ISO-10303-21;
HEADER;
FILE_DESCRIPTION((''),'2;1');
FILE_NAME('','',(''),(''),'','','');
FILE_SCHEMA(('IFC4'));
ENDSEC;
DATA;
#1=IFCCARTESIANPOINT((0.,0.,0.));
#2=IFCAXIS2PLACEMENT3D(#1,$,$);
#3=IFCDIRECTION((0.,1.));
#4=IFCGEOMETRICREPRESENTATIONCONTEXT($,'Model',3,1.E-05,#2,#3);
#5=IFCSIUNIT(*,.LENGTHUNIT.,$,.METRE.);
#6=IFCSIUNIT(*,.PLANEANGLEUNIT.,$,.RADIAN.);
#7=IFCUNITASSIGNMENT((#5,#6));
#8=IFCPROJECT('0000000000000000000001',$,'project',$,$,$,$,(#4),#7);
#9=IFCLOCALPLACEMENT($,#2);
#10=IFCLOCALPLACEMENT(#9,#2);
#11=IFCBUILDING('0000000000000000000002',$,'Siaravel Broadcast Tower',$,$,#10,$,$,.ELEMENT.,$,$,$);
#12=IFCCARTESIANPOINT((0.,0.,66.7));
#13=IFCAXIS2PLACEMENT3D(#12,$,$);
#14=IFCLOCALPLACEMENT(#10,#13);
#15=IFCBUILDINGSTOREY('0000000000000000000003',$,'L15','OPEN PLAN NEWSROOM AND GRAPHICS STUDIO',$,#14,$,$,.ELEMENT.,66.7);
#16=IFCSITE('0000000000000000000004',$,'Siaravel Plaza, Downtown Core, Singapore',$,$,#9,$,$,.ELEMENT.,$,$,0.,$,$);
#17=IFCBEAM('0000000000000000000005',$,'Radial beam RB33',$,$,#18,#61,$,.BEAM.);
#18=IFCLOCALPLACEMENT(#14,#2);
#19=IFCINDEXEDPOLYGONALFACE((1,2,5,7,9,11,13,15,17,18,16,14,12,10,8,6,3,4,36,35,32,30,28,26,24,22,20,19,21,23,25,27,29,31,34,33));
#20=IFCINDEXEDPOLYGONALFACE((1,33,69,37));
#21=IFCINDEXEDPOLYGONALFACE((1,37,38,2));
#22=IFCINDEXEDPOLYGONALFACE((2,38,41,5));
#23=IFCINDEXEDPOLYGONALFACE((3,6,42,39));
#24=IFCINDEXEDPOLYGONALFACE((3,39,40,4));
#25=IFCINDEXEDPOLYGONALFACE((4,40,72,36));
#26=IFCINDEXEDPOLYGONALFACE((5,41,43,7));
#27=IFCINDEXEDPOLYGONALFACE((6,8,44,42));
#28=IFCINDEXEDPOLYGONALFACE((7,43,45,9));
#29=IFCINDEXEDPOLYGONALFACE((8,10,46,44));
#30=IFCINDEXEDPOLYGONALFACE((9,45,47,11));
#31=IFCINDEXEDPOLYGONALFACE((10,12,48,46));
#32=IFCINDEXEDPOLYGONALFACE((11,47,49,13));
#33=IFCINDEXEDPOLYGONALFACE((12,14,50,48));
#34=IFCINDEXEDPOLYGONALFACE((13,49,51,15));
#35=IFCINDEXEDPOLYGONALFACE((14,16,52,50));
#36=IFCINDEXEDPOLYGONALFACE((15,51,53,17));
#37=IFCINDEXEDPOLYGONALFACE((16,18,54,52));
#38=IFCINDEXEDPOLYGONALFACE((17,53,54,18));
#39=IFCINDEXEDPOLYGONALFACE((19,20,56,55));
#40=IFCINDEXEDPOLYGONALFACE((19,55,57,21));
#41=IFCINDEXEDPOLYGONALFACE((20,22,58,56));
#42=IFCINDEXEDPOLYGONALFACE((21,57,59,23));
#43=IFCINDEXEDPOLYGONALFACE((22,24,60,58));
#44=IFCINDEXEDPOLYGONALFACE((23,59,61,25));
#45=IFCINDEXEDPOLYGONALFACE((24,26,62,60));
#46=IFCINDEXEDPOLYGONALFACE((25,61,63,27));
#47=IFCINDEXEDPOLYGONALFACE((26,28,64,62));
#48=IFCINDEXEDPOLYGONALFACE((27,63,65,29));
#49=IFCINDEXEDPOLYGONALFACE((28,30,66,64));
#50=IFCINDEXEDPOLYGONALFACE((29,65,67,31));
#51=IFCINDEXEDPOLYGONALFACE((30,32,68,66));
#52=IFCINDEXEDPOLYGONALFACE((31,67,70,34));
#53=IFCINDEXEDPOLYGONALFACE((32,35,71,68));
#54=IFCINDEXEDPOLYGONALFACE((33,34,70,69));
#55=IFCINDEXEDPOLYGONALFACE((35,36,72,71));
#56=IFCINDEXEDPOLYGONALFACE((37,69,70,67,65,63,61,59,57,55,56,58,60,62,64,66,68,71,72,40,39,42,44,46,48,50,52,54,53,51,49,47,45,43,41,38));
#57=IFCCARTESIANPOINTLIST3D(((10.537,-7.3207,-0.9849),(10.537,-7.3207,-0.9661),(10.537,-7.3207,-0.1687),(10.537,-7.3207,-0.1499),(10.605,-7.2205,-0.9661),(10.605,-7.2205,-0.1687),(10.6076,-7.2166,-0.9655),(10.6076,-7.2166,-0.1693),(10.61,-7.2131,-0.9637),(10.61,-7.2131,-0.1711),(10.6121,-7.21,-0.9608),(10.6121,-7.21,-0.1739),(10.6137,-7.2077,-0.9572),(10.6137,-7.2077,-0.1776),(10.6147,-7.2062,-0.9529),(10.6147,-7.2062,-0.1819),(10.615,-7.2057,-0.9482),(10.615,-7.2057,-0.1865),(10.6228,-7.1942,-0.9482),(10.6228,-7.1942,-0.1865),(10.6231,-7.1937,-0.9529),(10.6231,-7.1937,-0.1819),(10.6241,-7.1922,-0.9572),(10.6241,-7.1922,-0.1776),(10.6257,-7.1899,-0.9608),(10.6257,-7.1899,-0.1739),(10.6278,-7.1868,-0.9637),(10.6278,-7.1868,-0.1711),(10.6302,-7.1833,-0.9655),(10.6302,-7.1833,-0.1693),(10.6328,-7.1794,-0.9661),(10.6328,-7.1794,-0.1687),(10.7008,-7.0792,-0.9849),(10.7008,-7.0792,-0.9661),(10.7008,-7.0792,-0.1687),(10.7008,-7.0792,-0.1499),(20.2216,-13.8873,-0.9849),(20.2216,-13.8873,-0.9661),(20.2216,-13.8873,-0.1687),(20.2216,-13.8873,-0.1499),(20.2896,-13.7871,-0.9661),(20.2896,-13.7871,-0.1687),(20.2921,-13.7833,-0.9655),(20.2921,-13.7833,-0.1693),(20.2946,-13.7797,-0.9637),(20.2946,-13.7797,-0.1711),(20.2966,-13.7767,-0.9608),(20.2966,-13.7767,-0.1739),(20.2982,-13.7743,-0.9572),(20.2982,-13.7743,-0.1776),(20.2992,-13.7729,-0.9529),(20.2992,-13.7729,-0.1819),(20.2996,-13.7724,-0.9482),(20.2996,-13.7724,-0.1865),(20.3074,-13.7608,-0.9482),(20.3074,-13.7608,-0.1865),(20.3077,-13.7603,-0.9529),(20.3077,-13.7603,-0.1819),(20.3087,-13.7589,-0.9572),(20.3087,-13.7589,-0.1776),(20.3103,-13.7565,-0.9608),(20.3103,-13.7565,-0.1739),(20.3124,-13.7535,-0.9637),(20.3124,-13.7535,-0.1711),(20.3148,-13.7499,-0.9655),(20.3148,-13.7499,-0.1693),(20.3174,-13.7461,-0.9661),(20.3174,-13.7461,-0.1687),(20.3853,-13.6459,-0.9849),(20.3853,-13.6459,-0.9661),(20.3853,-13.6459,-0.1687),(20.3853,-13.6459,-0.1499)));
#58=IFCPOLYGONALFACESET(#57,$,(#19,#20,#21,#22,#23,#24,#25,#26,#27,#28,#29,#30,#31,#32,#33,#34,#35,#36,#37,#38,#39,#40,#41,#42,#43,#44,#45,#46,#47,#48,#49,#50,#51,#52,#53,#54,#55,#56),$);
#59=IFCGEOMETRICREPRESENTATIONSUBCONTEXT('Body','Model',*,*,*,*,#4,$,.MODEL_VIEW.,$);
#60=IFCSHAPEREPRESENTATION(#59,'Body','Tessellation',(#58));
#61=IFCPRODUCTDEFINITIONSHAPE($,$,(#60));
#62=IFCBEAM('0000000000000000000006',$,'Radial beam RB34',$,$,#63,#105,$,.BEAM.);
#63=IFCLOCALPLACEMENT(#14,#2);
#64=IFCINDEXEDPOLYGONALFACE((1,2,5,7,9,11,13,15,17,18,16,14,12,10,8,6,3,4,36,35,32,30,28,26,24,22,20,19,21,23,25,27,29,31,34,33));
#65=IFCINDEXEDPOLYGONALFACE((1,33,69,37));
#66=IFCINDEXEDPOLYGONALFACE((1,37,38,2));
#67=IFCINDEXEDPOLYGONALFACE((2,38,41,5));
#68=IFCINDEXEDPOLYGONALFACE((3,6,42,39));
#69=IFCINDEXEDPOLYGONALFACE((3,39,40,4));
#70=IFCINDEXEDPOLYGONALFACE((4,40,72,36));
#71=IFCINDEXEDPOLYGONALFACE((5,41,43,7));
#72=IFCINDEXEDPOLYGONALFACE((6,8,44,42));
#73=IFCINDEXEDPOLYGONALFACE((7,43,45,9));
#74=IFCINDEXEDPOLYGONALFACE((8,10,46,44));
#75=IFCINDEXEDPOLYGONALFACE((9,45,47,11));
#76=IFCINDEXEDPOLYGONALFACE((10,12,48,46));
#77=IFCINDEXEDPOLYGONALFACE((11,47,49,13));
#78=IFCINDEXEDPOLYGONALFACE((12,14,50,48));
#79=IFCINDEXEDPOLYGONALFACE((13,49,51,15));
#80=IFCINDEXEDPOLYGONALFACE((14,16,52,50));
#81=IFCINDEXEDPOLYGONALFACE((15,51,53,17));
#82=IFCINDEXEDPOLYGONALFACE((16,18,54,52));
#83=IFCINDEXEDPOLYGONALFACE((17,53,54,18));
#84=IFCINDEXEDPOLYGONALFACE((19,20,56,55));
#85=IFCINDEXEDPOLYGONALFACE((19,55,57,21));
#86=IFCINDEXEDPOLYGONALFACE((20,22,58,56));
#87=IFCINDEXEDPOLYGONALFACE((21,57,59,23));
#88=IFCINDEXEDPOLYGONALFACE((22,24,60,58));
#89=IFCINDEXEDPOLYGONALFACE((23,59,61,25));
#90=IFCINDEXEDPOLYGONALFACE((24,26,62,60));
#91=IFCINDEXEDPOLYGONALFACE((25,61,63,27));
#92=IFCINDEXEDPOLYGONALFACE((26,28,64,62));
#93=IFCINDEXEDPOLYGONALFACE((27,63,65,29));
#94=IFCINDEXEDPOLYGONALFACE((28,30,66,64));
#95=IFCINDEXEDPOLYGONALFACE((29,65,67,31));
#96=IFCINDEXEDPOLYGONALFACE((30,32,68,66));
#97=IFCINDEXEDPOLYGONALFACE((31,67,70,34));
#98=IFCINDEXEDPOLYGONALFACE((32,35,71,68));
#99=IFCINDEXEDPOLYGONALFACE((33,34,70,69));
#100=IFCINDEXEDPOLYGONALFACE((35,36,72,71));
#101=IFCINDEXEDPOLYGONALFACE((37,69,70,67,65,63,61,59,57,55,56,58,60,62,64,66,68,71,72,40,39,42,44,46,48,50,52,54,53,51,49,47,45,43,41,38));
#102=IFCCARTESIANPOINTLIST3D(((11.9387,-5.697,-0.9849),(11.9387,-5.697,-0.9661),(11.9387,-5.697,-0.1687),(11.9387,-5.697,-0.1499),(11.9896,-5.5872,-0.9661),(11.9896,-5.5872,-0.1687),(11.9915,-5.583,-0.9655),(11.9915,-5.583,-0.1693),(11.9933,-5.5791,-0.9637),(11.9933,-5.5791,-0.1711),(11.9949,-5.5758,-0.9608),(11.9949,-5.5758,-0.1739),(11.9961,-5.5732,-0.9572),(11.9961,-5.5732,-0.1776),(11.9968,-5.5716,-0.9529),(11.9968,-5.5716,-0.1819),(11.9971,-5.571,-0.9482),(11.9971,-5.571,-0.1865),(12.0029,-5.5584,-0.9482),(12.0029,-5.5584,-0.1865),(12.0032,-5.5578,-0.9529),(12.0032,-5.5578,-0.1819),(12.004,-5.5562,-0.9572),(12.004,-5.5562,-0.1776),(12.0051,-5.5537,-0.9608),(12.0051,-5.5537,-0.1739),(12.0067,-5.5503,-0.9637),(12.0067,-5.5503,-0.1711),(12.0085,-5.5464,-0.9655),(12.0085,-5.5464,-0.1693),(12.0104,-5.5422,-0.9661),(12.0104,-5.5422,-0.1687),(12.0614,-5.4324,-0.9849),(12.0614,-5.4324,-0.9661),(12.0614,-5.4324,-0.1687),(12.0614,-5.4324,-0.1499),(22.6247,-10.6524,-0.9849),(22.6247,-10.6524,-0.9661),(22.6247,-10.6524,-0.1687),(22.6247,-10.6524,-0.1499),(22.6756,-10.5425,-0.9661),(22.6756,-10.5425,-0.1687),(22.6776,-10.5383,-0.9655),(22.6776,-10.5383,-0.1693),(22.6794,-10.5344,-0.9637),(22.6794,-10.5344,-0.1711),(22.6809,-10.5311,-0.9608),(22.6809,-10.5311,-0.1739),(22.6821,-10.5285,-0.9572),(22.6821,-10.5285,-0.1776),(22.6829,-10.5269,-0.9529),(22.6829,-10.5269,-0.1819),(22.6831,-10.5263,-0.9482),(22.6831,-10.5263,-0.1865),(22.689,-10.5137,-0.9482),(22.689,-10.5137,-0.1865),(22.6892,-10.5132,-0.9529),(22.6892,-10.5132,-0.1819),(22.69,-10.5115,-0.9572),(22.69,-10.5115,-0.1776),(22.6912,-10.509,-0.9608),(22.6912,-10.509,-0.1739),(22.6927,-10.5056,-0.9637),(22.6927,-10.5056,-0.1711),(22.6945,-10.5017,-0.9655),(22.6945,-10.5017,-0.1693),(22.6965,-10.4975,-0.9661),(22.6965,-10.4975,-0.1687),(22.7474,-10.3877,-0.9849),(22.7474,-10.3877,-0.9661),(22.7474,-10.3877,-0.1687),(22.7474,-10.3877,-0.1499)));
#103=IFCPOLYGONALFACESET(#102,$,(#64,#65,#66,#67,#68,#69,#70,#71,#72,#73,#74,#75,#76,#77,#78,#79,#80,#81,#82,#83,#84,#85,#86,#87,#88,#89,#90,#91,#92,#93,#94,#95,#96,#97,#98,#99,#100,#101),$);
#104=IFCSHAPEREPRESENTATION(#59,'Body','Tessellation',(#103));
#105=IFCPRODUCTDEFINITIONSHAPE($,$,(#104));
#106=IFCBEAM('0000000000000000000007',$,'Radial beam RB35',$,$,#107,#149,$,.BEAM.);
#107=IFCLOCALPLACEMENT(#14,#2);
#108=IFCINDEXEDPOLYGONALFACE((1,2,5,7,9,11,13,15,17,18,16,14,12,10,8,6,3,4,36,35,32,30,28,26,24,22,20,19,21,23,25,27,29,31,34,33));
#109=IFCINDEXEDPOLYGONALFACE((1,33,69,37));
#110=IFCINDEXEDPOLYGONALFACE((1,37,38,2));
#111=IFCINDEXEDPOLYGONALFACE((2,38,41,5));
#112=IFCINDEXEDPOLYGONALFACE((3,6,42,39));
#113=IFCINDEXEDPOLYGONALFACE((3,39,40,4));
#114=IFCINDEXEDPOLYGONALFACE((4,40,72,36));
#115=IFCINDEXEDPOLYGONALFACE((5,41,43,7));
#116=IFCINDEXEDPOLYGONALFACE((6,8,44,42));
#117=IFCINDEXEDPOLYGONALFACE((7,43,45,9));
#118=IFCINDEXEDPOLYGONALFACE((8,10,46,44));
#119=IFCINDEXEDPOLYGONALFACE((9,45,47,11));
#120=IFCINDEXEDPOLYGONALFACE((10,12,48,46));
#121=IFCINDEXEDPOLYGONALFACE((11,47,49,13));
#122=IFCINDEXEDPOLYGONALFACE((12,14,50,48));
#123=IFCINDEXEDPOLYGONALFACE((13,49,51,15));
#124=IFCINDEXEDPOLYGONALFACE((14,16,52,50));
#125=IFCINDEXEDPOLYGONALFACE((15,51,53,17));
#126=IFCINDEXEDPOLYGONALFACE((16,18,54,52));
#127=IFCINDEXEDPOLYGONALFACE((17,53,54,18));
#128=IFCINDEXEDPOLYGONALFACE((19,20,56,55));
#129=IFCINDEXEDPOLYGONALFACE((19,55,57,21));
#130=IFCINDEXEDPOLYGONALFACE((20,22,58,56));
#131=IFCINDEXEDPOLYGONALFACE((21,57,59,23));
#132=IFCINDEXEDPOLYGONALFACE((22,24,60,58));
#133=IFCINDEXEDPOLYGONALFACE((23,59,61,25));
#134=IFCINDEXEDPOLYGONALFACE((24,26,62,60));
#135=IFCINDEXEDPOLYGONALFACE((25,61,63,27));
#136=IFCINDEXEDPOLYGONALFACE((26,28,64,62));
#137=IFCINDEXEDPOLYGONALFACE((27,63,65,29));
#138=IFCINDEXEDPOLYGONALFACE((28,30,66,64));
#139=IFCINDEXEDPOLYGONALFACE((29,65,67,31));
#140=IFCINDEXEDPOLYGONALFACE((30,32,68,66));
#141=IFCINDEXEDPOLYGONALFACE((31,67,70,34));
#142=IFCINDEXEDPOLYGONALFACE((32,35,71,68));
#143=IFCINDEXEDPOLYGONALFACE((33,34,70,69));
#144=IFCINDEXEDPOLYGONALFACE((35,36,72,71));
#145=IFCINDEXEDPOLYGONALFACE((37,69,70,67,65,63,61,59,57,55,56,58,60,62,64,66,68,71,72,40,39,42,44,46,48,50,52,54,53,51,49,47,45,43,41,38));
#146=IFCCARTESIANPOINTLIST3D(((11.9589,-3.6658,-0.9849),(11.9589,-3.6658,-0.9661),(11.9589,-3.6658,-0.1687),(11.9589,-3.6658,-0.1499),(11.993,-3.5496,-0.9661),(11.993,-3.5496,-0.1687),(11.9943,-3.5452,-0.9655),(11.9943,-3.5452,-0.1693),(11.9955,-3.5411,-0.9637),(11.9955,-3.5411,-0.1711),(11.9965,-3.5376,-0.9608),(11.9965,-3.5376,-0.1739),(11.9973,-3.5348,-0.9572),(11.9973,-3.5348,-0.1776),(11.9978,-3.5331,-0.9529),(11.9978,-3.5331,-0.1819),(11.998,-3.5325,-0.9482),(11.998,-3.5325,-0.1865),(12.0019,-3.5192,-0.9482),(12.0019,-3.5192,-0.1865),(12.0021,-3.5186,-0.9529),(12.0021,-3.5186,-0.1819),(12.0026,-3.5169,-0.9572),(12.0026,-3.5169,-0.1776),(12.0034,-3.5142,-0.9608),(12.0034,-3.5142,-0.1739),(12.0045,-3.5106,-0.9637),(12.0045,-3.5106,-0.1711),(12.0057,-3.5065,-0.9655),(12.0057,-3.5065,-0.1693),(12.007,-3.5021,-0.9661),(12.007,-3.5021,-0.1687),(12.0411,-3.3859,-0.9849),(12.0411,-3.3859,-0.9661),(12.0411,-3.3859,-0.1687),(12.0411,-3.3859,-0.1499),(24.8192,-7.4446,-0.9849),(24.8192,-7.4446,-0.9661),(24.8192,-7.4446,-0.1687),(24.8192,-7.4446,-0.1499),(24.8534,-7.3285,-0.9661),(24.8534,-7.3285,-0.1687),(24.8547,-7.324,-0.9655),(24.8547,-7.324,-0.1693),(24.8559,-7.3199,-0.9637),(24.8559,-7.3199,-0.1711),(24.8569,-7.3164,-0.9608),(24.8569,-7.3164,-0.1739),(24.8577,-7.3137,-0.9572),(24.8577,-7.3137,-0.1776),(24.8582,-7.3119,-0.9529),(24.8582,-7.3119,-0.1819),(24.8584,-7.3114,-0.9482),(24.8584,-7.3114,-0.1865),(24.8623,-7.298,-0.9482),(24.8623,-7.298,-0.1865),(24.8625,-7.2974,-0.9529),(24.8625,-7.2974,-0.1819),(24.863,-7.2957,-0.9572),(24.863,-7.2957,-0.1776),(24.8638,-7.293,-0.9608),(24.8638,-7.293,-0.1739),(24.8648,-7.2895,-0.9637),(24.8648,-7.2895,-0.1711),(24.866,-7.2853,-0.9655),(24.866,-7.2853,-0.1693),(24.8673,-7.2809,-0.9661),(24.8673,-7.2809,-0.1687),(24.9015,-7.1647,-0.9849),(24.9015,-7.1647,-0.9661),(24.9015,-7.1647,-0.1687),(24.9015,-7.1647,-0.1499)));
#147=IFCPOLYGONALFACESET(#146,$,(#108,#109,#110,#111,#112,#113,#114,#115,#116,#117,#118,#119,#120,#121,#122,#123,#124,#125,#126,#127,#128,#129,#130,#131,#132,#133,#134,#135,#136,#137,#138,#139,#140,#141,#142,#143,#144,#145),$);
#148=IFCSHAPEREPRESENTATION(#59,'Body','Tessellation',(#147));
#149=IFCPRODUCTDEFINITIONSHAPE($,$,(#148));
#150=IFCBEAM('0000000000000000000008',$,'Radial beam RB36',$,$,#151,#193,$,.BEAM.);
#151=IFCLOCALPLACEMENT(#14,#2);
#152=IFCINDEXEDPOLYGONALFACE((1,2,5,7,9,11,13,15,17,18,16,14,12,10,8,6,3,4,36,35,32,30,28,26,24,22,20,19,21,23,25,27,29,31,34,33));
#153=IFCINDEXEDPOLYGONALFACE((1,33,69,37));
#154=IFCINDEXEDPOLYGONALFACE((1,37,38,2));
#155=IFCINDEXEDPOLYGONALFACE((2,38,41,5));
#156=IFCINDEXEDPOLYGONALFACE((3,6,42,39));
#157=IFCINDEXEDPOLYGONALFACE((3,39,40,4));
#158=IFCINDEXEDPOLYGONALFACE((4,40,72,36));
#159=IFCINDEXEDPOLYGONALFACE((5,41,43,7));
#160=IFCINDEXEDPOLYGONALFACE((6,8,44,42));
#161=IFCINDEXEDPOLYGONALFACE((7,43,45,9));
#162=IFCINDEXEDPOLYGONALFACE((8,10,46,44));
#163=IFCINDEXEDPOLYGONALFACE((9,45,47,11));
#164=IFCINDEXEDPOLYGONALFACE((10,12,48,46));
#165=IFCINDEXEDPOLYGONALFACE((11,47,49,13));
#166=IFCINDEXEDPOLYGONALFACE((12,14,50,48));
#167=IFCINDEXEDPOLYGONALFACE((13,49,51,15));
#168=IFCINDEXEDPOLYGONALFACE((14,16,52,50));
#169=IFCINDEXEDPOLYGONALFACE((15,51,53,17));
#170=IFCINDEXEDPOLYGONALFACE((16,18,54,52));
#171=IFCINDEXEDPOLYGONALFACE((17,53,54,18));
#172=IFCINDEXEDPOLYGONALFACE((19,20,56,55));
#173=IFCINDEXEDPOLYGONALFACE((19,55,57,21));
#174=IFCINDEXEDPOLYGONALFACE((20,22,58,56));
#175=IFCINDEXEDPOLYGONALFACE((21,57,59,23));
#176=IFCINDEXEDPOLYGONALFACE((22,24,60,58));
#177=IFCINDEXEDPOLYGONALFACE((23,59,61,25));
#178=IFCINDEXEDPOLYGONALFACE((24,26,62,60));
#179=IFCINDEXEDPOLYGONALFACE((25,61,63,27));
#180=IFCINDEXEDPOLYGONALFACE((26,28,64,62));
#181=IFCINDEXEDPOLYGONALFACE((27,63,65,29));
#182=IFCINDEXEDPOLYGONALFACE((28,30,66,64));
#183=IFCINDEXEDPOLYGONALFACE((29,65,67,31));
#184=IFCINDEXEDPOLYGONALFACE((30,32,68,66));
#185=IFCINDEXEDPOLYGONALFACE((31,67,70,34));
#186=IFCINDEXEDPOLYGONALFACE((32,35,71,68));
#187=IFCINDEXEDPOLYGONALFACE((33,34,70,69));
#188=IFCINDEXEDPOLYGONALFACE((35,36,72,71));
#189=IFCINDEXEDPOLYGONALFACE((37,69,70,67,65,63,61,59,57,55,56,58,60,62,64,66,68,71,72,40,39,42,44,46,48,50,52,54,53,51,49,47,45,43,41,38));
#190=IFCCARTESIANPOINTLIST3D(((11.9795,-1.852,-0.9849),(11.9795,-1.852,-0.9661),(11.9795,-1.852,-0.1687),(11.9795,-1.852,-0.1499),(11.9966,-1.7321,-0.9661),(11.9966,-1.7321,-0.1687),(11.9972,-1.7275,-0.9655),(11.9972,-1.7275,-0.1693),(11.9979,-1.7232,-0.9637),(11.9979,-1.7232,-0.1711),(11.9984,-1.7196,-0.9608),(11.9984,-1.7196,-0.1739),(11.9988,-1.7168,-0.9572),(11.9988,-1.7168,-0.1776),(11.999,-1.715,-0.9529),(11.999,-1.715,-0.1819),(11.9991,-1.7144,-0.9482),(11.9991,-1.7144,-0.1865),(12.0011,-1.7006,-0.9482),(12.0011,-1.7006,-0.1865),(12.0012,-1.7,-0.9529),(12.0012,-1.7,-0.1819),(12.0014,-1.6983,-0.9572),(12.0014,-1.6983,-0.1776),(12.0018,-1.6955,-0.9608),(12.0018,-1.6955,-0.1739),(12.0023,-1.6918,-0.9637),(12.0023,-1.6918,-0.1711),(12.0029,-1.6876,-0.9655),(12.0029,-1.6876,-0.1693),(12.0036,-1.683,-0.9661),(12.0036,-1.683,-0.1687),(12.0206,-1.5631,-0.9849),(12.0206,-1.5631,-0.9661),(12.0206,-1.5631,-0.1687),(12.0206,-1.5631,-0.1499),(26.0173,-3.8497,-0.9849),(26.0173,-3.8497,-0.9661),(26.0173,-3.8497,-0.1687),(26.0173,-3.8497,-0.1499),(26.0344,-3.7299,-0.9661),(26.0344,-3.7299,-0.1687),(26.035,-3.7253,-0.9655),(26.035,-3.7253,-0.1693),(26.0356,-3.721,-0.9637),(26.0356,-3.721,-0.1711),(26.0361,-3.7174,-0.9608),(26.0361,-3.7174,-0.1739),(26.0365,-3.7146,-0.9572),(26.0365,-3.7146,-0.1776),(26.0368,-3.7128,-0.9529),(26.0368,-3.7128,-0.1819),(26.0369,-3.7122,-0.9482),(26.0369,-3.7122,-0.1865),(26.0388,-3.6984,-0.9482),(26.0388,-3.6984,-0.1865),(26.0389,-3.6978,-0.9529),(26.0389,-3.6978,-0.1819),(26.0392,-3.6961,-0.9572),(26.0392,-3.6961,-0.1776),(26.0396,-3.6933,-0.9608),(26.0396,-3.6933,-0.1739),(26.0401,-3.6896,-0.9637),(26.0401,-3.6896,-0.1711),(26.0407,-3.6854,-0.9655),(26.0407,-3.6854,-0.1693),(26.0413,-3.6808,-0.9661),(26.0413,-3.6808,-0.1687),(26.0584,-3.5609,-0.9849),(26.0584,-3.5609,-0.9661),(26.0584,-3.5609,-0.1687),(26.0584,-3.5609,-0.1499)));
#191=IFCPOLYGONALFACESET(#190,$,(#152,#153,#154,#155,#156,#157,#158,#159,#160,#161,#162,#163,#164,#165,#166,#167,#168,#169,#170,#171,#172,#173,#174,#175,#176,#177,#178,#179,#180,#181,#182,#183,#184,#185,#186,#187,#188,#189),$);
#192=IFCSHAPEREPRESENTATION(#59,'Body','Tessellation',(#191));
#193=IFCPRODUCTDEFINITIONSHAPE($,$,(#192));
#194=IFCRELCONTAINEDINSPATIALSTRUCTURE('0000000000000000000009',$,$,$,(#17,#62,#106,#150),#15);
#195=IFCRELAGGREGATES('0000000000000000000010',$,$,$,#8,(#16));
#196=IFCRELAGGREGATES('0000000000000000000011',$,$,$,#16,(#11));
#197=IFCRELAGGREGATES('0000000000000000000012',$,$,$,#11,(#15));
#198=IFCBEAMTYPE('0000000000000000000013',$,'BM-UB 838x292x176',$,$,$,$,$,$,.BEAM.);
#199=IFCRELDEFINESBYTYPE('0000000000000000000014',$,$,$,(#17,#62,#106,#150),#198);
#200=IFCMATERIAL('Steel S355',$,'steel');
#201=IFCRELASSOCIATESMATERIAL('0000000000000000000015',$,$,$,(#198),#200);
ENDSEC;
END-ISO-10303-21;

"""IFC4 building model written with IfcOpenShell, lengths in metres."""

from ifc_helpers import new_model, si_unit, direction, frame, origin, origin_2d, place, context, subcontext, project, spatial, i_section, extrude, material, material_profile, profile_set, type_object, element, save


model = new_model("IFC4")

# Units and contexts
model_context = context("Model", 3, precision=1e-05, world=origin(), true_north=direction((0.0, 1.0)))
body_context = subcontext(model_context, "Body", "Model", "MODEL_VIEW")
ifc_project = project(units=[si_unit("LENGTHUNIT", "METRE"), si_unit("PLANEANGLEUNIT", "RADIAN")], contexts=[model_context])

# Site, building, storey
site_placement = place(None, origin())
site = spatial("IfcSite", under=ifc_project, at=site_placement, Name="Siaravel Plaza, Downtown Core, Singapore", CompositionType="ELEMENT", RefElevation=0.0)
building_placement = place(site_placement, origin())
building = spatial("IfcBuilding", under=site, at=building_placement, Name="Siaravel Broadcast Tower", CompositionType="ELEMENT")
storey_placement = place(building_placement, frame((0.0, 0.0, 66.7)))
storey = spatial("IfcBuildingStorey", under=building, at=storey_placement, Name="L15", Description="OPEN PLAN NEWSROOM AND GRAPHICS STUDIO", CompositionType="ELEMENT", Elevation=66.7)

# Beams
ifc_material_1 = material(Name="Steel S355", Category="steel")
ifc_material_profile_1 = material_profile(ifc_material_1, i_section(OverallWidth=0.2917, OverallDepth=0.835, WebThickness=0.0139, FlangeThickness=0.0188, FilletRadius=0.0178, at=origin_2d()))
ifc_profile_set_1 = profile_set([ifc_material_profile_1], Name="Steel S355")
beam_type = type_object("IfcBeamType", Name="BM-UB 838x292x176", PredefinedType="BEAM", material=ifc_profile_set_1)
beam_1_placement = place(storey_placement, frame((20.3035, -13.7666, -0.5674), z_axis=(-0.827675, 0.561207, 0.0), x_axis=(-0.561207, -0.827675, 0.0)))
element("IfcBeam", 1, at=beam_1_placement, inside=storey, type_object=beam_type, Name="Radial beam RB33", PredefinedType="BEAM", context=body_context, shape_type="SweptSolid", body=[
    extrude(i_section(OverallWidth=0.2917, OverallDepth=0.835, WebThickness=0.0139, FlangeThickness=0.0188, FilletRadius=0.0178, at=origin_2d()), origin(), (0.0, 0.0, 1.0), 11.7009),
])
beam_2_placement = place(storey_placement, frame((22.686, -10.52, -0.5674), z_axis=(-0.907205, 0.420689, 0.0), x_axis=(-0.420689, -0.907205, 0.0)))
element("IfcBeam", 2, at=beam_2_placement, inside=storey, type_object=beam_type, Name="Radial beam RB34", PredefinedType="BEAM", context=body_context, shape_type="SweptSolid", body=[
    extrude(i_section(OverallWidth=0.2917, OverallDepth=0.835, WebThickness=0.0139, FlangeThickness=0.0188, FilletRadius=0.0178, at=origin_2d()), origin(), (0.0, 0.0, 1.0), 11.7791),
])
beam_3_placement = place(storey_placement, frame((24.8604, -7.3047, -0.5674), z_axis=(-0.959439, 0.281916, 0.0), x_axis=(-0.281916, -0.959439, 0.0)))
element("IfcBeam", 3, at=beam_3_placement, inside=storey, type_object=beam_type, Name="Radial beam RB35", PredefinedType="BEAM", context=body_context, shape_type="SweptSolid", body=[
    extrude(i_section(OverallWidth=0.2917, OverallDepth=0.835, WebThickness=0.0139, FlangeThickness=0.0188, FilletRadius=0.0178, at=origin_2d()), origin(), (0.0, 0.0, 1.0), 13.4041),
])
beam_4_placement = place(storey_placement, frame((26.0378, -3.7053, -0.5674), z_axis=(-0.990024, 0.140896, 0.0), x_axis=(-0.140896, -0.990024, 0.0)))
element("IfcBeam", 4, at=beam_4_placement, inside=storey, type_object=beam_type, Name="Radial beam RB36", PredefinedType="BEAM", context=body_context, shape_type="SweptSolid", body=[
    extrude(i_section(OverallWidth=0.2917, OverallDepth=0.835, WebThickness=0.0139, FlangeThickness=0.0188, FilletRadius=0.0178, at=origin_2d()), origin(), (0.0, 0.0, 1.0), 14.1792),
])

save(model, "model.ifc")
